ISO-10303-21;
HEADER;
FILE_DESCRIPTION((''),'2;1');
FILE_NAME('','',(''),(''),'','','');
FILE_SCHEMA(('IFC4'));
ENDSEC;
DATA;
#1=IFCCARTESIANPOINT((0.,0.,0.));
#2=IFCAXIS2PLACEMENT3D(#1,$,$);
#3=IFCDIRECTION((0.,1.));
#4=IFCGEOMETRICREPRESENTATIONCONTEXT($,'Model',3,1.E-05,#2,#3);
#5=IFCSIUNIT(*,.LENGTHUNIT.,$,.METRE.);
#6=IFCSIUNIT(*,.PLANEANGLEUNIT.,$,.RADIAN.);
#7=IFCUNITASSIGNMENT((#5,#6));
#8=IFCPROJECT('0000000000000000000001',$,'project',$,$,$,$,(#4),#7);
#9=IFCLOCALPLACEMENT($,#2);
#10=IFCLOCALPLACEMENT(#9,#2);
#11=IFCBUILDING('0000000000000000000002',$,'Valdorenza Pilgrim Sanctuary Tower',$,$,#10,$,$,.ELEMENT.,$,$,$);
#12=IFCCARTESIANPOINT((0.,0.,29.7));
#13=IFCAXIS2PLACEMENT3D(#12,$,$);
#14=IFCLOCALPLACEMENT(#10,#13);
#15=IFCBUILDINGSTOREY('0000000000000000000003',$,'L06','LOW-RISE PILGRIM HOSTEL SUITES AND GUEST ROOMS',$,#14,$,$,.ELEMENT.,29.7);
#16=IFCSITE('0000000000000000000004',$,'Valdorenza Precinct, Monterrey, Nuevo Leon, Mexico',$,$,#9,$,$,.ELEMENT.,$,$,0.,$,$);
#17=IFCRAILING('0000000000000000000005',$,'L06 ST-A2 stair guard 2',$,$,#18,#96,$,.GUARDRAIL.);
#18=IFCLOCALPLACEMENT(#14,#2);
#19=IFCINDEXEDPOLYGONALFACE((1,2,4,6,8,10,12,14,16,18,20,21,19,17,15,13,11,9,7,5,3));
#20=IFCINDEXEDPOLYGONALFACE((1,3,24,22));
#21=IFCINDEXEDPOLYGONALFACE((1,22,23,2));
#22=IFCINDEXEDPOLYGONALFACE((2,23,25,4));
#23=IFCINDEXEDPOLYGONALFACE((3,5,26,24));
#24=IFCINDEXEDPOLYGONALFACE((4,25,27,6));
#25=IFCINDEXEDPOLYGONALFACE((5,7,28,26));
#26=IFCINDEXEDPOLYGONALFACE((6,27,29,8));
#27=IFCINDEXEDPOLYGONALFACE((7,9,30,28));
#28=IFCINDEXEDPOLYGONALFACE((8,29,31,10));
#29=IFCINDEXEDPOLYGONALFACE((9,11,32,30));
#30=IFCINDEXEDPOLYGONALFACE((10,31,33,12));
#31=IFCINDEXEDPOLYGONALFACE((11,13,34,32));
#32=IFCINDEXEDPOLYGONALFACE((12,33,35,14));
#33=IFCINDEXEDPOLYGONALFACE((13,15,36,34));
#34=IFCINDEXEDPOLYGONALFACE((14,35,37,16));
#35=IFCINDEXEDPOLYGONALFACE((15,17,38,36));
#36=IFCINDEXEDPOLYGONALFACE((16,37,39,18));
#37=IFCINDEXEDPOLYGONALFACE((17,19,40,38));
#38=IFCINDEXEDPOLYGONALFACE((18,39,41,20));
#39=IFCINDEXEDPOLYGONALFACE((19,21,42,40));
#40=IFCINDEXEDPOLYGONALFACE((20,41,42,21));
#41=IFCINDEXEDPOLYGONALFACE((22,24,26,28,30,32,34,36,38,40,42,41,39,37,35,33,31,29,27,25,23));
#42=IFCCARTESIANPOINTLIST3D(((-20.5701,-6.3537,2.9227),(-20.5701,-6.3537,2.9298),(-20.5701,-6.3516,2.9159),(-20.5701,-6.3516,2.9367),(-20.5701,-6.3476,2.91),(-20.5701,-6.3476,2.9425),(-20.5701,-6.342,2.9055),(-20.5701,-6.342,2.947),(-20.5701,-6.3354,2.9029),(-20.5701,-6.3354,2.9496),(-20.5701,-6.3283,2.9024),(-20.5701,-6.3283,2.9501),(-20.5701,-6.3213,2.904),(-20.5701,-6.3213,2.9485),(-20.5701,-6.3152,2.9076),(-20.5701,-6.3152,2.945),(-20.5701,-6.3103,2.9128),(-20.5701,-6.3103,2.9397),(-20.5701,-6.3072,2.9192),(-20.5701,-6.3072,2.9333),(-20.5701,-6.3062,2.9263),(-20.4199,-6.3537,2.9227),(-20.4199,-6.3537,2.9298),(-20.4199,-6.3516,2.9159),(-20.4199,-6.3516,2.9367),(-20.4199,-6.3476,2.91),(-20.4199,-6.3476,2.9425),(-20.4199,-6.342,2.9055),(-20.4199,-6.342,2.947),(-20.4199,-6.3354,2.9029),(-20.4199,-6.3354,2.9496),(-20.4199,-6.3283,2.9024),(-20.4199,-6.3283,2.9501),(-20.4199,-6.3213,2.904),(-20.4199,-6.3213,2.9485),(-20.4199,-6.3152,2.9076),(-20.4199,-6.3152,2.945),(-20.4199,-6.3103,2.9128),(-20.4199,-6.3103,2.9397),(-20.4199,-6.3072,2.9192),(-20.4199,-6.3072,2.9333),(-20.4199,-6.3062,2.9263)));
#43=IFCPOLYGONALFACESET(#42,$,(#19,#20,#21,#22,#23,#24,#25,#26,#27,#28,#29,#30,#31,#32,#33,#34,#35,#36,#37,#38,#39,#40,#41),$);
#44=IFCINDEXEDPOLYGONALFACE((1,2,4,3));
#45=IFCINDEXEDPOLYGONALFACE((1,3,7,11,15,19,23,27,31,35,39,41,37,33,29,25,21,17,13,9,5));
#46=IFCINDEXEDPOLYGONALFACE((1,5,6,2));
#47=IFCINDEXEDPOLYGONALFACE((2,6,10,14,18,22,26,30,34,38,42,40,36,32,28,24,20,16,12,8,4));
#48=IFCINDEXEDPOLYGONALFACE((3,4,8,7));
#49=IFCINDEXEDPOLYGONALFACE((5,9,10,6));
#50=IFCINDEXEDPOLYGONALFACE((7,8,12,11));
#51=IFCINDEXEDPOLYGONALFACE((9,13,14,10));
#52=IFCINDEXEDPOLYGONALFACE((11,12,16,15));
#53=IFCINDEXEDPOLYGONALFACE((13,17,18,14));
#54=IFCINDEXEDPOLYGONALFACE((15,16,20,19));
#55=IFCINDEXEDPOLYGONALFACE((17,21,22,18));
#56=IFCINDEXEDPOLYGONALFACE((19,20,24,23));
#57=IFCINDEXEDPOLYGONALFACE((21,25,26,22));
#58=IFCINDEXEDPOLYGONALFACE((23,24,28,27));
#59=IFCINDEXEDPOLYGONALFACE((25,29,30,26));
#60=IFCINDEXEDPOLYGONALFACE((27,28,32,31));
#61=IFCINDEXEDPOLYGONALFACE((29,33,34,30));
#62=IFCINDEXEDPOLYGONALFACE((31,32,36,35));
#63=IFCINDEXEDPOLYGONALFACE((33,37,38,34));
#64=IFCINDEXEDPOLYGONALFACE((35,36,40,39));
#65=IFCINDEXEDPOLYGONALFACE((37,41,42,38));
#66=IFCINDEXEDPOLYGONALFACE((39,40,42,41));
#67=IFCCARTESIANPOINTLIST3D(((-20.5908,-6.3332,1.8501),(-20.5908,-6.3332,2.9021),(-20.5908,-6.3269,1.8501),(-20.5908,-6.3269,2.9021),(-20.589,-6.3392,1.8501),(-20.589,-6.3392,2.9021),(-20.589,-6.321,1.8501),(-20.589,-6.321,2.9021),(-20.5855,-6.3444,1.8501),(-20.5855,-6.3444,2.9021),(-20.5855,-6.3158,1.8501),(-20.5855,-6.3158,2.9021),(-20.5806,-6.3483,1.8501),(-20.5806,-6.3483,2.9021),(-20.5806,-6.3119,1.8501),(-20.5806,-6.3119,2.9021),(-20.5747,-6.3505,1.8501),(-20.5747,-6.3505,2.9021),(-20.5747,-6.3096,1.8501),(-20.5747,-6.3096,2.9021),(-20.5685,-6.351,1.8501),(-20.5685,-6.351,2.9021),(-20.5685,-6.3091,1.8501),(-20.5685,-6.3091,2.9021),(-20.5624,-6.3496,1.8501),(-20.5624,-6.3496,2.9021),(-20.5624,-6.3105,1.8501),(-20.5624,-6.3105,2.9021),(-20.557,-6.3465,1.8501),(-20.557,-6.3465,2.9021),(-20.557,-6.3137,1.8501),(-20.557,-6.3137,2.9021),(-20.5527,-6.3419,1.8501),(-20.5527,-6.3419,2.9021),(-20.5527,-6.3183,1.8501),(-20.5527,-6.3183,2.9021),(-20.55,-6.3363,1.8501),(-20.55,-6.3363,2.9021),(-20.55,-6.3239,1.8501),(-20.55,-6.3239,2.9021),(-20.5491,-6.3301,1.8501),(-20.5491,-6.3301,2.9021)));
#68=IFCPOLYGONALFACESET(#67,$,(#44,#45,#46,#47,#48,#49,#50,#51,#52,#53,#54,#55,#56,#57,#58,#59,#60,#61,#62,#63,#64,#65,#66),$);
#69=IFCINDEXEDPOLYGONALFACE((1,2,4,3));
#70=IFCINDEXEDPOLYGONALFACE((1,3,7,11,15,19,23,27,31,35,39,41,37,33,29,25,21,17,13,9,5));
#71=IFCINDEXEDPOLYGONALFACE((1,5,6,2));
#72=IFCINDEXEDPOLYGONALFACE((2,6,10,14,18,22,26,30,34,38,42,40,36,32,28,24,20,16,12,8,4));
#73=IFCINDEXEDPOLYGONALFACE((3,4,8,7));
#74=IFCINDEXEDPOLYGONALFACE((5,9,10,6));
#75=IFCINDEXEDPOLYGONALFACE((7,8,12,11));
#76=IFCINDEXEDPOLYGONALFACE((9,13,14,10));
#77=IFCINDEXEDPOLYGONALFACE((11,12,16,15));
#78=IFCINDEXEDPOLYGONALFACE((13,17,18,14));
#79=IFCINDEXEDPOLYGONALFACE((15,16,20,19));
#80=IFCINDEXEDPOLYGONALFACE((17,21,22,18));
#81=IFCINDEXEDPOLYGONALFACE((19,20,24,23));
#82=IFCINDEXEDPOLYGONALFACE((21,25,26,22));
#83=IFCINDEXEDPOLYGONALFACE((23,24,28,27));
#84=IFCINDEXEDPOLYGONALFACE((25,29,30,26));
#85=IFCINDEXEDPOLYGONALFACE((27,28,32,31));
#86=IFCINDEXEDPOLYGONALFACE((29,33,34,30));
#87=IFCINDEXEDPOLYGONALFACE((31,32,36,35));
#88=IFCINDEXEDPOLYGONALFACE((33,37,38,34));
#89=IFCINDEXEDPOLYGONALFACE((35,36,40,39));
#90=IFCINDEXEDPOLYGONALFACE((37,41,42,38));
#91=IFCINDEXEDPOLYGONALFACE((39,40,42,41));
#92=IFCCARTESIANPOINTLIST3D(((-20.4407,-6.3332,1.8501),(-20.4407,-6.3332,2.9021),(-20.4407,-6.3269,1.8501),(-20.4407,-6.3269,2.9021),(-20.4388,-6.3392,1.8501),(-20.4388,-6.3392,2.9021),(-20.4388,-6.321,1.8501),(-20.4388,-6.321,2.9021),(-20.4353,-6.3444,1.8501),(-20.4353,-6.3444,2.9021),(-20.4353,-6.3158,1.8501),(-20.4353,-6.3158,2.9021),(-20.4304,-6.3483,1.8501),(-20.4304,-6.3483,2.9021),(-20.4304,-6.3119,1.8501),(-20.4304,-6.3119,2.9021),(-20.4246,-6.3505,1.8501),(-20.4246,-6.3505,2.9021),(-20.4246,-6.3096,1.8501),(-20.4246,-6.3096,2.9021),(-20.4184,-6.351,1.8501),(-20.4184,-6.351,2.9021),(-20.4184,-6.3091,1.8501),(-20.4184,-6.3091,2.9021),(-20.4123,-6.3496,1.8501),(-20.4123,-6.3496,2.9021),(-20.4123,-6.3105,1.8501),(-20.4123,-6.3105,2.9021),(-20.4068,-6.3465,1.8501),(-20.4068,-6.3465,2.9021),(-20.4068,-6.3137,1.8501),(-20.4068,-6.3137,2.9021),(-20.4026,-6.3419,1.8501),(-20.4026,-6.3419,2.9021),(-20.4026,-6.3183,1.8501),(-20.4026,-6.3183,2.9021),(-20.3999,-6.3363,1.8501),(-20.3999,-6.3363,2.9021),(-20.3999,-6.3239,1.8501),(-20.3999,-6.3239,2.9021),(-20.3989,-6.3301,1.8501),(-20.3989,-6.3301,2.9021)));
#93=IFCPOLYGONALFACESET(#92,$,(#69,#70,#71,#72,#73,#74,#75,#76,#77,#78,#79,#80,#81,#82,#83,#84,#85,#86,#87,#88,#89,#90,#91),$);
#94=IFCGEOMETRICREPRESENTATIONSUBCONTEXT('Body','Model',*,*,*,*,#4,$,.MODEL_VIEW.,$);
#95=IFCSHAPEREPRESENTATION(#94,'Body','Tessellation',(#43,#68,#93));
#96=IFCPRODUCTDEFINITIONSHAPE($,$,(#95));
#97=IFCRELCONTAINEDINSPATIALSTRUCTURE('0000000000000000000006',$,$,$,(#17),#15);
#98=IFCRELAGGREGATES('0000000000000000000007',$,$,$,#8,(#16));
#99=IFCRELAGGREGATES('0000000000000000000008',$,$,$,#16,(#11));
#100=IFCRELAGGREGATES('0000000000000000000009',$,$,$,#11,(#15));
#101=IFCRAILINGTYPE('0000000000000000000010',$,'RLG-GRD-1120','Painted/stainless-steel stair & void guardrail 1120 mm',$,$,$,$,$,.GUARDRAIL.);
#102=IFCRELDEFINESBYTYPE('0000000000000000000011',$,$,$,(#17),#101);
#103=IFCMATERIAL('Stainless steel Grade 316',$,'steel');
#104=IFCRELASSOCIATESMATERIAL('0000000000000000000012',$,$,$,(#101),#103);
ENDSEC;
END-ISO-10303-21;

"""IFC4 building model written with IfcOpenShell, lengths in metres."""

from ifc_helpers import new_model, si_unit, direction, frame, origin, origin_2d, place, context, subcontext, project, spatial, circle, extrude, material, type_object, element, save


model = new_model("IFC4")

# Units and contexts
model_context = context("Model", 3, precision=1e-05, world=origin(), true_north=direction((0.0, 1.0)))
body_context = subcontext(model_context, "Body", "Model", "MODEL_VIEW")
ifc_project = project(units=[si_unit("LENGTHUNIT", "METRE"), si_unit("PLANEANGLEUNIT", "RADIAN")], contexts=[model_context])

# Site, building, storey
site_placement = place(None, origin())
site = spatial("IfcSite", under=ifc_project, at=site_placement, Name="Valdorenza Precinct, Monterrey, Nuevo Leon, Mexico", CompositionType="ELEMENT", RefElevation=0.0)
building_placement = place(site_placement, origin())
building = spatial("IfcBuilding", under=site, at=building_placement, Name="Valdorenza Pilgrim Sanctuary Tower", CompositionType="ELEMENT")
storey_placement = place(building_placement, frame((0.0, 0.0, 29.7)))
storey = spatial("IfcBuildingStorey", under=building, at=storey_placement, Name="L06", Description="LOW-RISE PILGRIM HOSTEL SUITES AND GUEST ROOMS", CompositionType="ELEMENT", Elevation=29.7)

# Railing
ifc_material_1 = material(Name="Stainless steel Grade 316", Category="steel")
railing_type_1 = type_object("IfcRailingType", Name="RLG-GRD-1120", Description="Painted/stainless-steel stair & void guardrail 1120 mm", PredefinedType="GUARDRAIL", material=ifc_material_1)
railing_1_placement = place(storey_placement, frame((-20.5701, -6.3301, 1.8501)))
element("IfcRailing", 1, at=railing_1_placement, inside=storey, type_object=railing_type_1, Name="L06 ST-A2 stair guard 2", PredefinedType="GUARDRAIL", context=body_context, shape_type="SweptSolid", body=[
    extrude(circle(Radius=0.0239, at=origin_2d()), frame((0.0, 0.0, 1.0762), z_axis=(1.0, 0.0, 0.0), x_axis=(0.0, 1.0, 0.0)), (0.0, 0.0, 1.0), 0.1501),
    extrude(circle(Radius=0.021, at=origin_2d()), origin(), (0.0, 0.0, 1.0), 1.052),
    extrude(circle(Radius=0.021, at=origin_2d()), frame((0.1501, 0.0, 0.0)), (0.0, 0.0, 1.0), 1.052),
])

save(model, "model.ifc")
